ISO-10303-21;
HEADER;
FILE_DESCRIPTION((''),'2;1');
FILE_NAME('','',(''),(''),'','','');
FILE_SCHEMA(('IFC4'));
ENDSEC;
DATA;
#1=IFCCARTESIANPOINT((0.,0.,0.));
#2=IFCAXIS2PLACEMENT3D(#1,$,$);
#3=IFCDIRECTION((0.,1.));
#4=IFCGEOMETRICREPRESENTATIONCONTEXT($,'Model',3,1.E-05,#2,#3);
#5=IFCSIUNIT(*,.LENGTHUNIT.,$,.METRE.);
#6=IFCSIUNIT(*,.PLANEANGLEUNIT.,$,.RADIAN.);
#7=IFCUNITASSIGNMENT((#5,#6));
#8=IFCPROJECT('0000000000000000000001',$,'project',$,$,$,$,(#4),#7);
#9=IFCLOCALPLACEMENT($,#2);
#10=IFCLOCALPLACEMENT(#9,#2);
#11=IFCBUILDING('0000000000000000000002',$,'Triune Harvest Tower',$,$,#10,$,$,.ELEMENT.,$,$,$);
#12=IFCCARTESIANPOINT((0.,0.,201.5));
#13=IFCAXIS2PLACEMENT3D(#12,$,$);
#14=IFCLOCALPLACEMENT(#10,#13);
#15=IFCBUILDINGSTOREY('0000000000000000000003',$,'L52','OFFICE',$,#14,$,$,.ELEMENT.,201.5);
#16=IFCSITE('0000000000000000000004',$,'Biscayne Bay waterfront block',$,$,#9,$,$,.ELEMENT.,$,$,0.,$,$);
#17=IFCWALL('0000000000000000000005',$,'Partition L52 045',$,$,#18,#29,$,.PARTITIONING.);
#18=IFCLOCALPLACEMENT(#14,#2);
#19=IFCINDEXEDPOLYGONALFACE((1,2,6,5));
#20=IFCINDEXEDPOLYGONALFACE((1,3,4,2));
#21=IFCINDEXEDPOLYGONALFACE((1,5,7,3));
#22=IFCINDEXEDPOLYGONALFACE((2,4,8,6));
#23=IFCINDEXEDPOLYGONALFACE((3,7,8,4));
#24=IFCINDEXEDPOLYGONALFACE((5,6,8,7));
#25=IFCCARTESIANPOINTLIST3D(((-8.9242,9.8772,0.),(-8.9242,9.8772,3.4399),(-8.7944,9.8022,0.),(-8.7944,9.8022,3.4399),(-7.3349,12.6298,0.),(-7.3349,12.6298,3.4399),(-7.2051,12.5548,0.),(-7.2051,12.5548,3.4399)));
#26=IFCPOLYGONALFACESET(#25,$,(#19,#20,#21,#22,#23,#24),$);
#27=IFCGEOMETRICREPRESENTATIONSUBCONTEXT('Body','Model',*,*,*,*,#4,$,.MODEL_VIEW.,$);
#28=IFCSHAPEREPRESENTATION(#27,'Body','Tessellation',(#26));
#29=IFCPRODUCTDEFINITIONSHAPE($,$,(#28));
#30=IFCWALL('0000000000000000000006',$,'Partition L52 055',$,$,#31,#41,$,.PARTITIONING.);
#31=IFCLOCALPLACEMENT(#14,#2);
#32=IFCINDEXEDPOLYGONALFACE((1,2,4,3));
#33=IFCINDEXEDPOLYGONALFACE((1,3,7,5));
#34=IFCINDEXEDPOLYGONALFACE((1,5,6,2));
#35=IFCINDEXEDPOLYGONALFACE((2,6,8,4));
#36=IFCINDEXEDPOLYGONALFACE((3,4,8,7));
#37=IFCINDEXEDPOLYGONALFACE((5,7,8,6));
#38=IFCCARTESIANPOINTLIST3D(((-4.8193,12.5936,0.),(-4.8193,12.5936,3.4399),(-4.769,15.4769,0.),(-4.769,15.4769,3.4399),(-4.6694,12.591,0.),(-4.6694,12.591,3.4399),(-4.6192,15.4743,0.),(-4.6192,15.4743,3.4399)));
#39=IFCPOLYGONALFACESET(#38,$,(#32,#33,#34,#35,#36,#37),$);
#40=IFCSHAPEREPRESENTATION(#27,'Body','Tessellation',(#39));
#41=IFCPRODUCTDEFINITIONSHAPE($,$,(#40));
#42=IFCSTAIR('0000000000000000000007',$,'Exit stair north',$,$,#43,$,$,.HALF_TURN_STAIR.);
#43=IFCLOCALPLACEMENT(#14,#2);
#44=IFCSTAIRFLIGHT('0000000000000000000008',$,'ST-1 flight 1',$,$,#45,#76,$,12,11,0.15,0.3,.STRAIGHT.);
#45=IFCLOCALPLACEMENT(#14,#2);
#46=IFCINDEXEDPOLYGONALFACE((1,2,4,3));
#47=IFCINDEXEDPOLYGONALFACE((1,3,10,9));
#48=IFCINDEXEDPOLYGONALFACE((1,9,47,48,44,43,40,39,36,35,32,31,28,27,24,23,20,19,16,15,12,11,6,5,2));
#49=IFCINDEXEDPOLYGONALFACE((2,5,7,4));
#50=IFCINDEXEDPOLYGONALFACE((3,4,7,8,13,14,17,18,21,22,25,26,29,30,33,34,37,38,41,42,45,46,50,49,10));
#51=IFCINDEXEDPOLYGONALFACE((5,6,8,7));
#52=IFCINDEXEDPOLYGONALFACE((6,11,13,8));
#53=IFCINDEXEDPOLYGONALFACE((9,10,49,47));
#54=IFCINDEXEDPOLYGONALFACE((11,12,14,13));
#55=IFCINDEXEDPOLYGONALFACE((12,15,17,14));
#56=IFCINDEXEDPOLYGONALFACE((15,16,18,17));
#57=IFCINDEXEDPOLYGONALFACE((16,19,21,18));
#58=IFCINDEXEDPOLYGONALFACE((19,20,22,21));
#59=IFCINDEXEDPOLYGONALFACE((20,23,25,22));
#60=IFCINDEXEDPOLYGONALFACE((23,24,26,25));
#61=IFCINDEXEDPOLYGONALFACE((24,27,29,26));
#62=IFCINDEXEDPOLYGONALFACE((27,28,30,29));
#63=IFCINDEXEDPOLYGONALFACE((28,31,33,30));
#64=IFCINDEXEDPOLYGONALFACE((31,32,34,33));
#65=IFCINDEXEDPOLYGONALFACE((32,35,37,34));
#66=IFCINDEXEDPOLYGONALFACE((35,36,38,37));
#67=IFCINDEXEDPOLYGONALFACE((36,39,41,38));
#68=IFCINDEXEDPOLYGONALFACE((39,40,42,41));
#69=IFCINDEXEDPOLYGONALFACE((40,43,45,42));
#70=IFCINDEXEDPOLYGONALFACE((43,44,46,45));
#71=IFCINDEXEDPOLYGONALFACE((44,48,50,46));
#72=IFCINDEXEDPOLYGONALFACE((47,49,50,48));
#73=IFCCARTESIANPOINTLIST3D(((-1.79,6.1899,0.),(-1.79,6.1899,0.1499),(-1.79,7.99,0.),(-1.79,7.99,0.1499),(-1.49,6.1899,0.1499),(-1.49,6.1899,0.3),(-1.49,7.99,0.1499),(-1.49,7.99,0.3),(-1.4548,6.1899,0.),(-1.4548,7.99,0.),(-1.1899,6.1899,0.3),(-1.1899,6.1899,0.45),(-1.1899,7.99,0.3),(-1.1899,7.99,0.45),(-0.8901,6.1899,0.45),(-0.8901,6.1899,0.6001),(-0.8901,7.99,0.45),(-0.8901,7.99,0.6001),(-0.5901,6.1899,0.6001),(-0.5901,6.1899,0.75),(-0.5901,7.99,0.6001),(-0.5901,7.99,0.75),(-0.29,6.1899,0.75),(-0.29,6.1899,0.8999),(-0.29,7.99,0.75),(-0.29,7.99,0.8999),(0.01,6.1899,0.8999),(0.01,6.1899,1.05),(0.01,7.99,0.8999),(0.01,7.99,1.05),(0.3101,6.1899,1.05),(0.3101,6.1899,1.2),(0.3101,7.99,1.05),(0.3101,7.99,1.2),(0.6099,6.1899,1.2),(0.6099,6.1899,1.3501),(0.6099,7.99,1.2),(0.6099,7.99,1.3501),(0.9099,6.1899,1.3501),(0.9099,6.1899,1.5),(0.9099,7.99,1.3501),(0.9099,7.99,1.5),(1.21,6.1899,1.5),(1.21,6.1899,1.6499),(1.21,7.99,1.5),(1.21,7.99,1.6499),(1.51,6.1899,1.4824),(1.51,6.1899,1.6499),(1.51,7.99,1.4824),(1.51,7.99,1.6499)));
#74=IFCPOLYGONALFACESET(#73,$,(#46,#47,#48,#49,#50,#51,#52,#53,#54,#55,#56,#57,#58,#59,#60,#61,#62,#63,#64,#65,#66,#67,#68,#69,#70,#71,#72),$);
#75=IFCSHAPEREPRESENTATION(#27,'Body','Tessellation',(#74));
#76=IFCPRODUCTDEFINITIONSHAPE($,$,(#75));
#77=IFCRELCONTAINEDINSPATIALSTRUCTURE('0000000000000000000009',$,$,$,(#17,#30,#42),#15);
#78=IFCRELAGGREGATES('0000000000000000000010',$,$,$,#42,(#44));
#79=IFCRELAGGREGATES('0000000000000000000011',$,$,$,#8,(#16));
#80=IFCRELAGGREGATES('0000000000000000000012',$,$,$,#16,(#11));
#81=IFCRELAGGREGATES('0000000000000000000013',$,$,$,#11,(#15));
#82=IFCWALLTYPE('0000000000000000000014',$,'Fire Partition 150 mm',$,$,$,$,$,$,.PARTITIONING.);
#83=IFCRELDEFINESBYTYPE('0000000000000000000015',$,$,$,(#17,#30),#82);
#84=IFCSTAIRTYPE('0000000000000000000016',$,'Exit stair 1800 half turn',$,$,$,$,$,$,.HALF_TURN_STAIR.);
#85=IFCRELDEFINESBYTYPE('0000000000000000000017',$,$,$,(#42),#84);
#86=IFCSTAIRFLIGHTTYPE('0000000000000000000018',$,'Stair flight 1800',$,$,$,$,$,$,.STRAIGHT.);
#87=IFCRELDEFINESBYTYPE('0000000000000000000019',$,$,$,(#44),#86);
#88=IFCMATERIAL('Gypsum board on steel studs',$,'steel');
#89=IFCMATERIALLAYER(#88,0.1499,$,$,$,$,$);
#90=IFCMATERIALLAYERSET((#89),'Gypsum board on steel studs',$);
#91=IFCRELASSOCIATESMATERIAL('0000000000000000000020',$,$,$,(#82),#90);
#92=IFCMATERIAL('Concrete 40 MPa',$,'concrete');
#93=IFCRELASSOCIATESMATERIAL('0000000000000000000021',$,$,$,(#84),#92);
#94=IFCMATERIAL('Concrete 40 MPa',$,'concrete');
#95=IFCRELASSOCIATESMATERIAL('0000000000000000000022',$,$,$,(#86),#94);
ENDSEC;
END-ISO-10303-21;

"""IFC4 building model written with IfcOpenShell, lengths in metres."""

from ifc_helpers import new_model, si_unit, direction, frame, frame_2d, origin, place, context, subcontext, project, spatial, polyline, rectangle, outline, extrude, source, transform, mapped, material, layer, layer_set, type_object, element, aggregate, save


model = new_model("IFC4")

# Units and contexts
model_context = context("Model", 3, precision=1e-05, world=origin(), true_north=direction((0.0, 1.0)))
body_context = subcontext(model_context, "Body", "Model", "MODEL_VIEW")
ifc_project = project(units=[si_unit("LENGTHUNIT", "METRE"), si_unit("PLANEANGLEUNIT", "RADIAN")], contexts=[model_context])

# Site, building, storey
site_placement = place(None, origin())
site = spatial("IfcSite", under=ifc_project, at=site_placement, Name="Biscayne Bay waterfront block", CompositionType="ELEMENT", RefElevation=0.0)
building_placement = place(site_placement, origin())
building = spatial("IfcBuilding", under=site, at=building_placement, Name="Triune Harvest Tower", CompositionType="ELEMENT")
storey_placement = place(building_placement, frame((0.0, 0.0, 201.5)))
storey = spatial("IfcBuildingStorey", under=building, at=storey_placement, Name="L52", Description="OFFICE", CompositionType="ELEMENT", Elevation=201.5)

# Shared definitions
ifc_material_1 = material(Name="Gypsum board on steel studs", Category="steel")
ifc_layer_1 = layer(ifc_material_1, 0.1499)
ifc_layer_set_1 = layer_set([ifc_layer_1], Name="Gypsum board on steel studs")
wall_type_1 = type_object("IfcWallType", Name="Fire Partition 150 mm", PredefinedType="PARTITIONING", material=ifc_layer_set_1)

# Walls
shared_shape_1 = source(origin(), body_context, "Body", "SweptSolid", [
    extrude(rectangle(XDim=3.1785, YDim=0.1499, at=frame_2d((1.5894, 0.0))), origin(), (0.0, 0.0, 1.0), 3.4399),
])
wall_1_placement = place(storey_placement, frame((-8.8594, 9.8396, 0.0), z_axis=(0.0, 0.0, 1.0), x_axis=(0.500022, 0.866013, 0.0)))
element("IfcWall", 1, at=wall_1_placement, inside=storey, type_object=wall_type_1, Name="Partition L52 045", PredefinedType="PARTITIONING", context=body_context, shape_type="MappedRepresentation", body=[
    mapped(shared_shape_1, transform((0.0, 0.0, 0.0), scale=1.0)),
])
shared_shape_2 = source(origin(), body_context, "Body", "SweptSolid", [
    extrude(rectangle(XDim=2.8838, YDim=0.1499, at=frame_2d((1.4419, 0.0))), origin(), (0.0, 0.0, 1.0), 3.4399),
])
wall_2_placement = place(storey_placement, frame((-4.7444, 12.5923, 0.0), z_axis=(0.0, 0.0, 1.0), x_axis=(0.01744, 0.999848, 0.0)))
element("IfcWall", 2, at=wall_2_placement, inside=storey, type_object=wall_type_1, Name="Partition L52 055", PredefinedType="PARTITIONING", context=body_context, shape_type="MappedRepresentation", body=[
    mapped(shared_shape_2, transform((0.0, 0.0, 0.0), scale=1.0)),
])

# Stair, stair flight
ifc_material_2 = material(Name="Concrete 40 MPa", Category="concrete")
stair_type = type_object("IfcStairType", Name="Exit stair 1800 half turn", PredefinedType="HALF_TURN_STAIR", material=ifc_material_2)
stair_placement = place(storey_placement, origin())
stair = element("IfcStair", 3, at=stair_placement, inside=storey, type_object=stair_type, Name="Exit stair north", PredefinedType="HALF_TURN_STAIR")
ifc_material_3 = material(Name="Concrete 40 MPa", Category="concrete")
stair_flight_type = type_object("IfcStairFlightType", Name="Stair flight 1800", PredefinedType="STRAIGHT", material=ifc_material_3)
shared_shape_3 = source(origin(), body_context, "Body", "SweptSolid", [
    extrude(outline(polyline([(0.0, 0.0), (0.0, 0.1499), (0.3, 0.1499), (0.3, 0.3), (0.6001, 0.3), (0.6001, 0.45), (0.8999, 0.45), (0.8999, 0.6001), (1.2, 0.6001), (1.2, 0.75), (1.5, 0.75), (1.5, 0.8999), (1.8, 0.8999), (1.8, 1.05), (2.1001, 1.05), (2.1001, 1.2), (2.3999, 1.2), (2.3999, 1.3501), (2.7, 1.3501), (2.7, 1.5), (3.0, 1.5), (3.0, 1.6499), (3.3, 1.6499), (3.3, 1.8), (3.3, 1.4824), (0.3352, 0.0), (0.0, 0.0)])), frame((0.0, 0.8999, 0.0), z_axis=(0.0, -1.0, 0.0), x_axis=(1.0, 0.0, 0.0)), (0.0, 0.0, 1.0), 1.8),
])
stair_flight_placement = place(storey_placement, frame((-1.79, 7.0901, 0.0), z_axis=(0.0, 0.0, 1.0), x_axis=(1.0, 0.0, 0.0)))
stair_flight = element("IfcStairFlight", 4, at=stair_flight_placement, type_object=stair_flight_type, Name="ST-1 flight 1", NumberOfRisers=12, NumberOfTreads=11, PredefinedType="STRAIGHT", RiserHeight=0.15, TreadLength=0.3, context=body_context, shape_type="MappedRepresentation", body=[
    mapped(shared_shape_3, transform((0.0, 0.0, 0.0), scale=1.0)),
])
aggregate(stair, [stair_flight])

save(model, "model.ifc")
